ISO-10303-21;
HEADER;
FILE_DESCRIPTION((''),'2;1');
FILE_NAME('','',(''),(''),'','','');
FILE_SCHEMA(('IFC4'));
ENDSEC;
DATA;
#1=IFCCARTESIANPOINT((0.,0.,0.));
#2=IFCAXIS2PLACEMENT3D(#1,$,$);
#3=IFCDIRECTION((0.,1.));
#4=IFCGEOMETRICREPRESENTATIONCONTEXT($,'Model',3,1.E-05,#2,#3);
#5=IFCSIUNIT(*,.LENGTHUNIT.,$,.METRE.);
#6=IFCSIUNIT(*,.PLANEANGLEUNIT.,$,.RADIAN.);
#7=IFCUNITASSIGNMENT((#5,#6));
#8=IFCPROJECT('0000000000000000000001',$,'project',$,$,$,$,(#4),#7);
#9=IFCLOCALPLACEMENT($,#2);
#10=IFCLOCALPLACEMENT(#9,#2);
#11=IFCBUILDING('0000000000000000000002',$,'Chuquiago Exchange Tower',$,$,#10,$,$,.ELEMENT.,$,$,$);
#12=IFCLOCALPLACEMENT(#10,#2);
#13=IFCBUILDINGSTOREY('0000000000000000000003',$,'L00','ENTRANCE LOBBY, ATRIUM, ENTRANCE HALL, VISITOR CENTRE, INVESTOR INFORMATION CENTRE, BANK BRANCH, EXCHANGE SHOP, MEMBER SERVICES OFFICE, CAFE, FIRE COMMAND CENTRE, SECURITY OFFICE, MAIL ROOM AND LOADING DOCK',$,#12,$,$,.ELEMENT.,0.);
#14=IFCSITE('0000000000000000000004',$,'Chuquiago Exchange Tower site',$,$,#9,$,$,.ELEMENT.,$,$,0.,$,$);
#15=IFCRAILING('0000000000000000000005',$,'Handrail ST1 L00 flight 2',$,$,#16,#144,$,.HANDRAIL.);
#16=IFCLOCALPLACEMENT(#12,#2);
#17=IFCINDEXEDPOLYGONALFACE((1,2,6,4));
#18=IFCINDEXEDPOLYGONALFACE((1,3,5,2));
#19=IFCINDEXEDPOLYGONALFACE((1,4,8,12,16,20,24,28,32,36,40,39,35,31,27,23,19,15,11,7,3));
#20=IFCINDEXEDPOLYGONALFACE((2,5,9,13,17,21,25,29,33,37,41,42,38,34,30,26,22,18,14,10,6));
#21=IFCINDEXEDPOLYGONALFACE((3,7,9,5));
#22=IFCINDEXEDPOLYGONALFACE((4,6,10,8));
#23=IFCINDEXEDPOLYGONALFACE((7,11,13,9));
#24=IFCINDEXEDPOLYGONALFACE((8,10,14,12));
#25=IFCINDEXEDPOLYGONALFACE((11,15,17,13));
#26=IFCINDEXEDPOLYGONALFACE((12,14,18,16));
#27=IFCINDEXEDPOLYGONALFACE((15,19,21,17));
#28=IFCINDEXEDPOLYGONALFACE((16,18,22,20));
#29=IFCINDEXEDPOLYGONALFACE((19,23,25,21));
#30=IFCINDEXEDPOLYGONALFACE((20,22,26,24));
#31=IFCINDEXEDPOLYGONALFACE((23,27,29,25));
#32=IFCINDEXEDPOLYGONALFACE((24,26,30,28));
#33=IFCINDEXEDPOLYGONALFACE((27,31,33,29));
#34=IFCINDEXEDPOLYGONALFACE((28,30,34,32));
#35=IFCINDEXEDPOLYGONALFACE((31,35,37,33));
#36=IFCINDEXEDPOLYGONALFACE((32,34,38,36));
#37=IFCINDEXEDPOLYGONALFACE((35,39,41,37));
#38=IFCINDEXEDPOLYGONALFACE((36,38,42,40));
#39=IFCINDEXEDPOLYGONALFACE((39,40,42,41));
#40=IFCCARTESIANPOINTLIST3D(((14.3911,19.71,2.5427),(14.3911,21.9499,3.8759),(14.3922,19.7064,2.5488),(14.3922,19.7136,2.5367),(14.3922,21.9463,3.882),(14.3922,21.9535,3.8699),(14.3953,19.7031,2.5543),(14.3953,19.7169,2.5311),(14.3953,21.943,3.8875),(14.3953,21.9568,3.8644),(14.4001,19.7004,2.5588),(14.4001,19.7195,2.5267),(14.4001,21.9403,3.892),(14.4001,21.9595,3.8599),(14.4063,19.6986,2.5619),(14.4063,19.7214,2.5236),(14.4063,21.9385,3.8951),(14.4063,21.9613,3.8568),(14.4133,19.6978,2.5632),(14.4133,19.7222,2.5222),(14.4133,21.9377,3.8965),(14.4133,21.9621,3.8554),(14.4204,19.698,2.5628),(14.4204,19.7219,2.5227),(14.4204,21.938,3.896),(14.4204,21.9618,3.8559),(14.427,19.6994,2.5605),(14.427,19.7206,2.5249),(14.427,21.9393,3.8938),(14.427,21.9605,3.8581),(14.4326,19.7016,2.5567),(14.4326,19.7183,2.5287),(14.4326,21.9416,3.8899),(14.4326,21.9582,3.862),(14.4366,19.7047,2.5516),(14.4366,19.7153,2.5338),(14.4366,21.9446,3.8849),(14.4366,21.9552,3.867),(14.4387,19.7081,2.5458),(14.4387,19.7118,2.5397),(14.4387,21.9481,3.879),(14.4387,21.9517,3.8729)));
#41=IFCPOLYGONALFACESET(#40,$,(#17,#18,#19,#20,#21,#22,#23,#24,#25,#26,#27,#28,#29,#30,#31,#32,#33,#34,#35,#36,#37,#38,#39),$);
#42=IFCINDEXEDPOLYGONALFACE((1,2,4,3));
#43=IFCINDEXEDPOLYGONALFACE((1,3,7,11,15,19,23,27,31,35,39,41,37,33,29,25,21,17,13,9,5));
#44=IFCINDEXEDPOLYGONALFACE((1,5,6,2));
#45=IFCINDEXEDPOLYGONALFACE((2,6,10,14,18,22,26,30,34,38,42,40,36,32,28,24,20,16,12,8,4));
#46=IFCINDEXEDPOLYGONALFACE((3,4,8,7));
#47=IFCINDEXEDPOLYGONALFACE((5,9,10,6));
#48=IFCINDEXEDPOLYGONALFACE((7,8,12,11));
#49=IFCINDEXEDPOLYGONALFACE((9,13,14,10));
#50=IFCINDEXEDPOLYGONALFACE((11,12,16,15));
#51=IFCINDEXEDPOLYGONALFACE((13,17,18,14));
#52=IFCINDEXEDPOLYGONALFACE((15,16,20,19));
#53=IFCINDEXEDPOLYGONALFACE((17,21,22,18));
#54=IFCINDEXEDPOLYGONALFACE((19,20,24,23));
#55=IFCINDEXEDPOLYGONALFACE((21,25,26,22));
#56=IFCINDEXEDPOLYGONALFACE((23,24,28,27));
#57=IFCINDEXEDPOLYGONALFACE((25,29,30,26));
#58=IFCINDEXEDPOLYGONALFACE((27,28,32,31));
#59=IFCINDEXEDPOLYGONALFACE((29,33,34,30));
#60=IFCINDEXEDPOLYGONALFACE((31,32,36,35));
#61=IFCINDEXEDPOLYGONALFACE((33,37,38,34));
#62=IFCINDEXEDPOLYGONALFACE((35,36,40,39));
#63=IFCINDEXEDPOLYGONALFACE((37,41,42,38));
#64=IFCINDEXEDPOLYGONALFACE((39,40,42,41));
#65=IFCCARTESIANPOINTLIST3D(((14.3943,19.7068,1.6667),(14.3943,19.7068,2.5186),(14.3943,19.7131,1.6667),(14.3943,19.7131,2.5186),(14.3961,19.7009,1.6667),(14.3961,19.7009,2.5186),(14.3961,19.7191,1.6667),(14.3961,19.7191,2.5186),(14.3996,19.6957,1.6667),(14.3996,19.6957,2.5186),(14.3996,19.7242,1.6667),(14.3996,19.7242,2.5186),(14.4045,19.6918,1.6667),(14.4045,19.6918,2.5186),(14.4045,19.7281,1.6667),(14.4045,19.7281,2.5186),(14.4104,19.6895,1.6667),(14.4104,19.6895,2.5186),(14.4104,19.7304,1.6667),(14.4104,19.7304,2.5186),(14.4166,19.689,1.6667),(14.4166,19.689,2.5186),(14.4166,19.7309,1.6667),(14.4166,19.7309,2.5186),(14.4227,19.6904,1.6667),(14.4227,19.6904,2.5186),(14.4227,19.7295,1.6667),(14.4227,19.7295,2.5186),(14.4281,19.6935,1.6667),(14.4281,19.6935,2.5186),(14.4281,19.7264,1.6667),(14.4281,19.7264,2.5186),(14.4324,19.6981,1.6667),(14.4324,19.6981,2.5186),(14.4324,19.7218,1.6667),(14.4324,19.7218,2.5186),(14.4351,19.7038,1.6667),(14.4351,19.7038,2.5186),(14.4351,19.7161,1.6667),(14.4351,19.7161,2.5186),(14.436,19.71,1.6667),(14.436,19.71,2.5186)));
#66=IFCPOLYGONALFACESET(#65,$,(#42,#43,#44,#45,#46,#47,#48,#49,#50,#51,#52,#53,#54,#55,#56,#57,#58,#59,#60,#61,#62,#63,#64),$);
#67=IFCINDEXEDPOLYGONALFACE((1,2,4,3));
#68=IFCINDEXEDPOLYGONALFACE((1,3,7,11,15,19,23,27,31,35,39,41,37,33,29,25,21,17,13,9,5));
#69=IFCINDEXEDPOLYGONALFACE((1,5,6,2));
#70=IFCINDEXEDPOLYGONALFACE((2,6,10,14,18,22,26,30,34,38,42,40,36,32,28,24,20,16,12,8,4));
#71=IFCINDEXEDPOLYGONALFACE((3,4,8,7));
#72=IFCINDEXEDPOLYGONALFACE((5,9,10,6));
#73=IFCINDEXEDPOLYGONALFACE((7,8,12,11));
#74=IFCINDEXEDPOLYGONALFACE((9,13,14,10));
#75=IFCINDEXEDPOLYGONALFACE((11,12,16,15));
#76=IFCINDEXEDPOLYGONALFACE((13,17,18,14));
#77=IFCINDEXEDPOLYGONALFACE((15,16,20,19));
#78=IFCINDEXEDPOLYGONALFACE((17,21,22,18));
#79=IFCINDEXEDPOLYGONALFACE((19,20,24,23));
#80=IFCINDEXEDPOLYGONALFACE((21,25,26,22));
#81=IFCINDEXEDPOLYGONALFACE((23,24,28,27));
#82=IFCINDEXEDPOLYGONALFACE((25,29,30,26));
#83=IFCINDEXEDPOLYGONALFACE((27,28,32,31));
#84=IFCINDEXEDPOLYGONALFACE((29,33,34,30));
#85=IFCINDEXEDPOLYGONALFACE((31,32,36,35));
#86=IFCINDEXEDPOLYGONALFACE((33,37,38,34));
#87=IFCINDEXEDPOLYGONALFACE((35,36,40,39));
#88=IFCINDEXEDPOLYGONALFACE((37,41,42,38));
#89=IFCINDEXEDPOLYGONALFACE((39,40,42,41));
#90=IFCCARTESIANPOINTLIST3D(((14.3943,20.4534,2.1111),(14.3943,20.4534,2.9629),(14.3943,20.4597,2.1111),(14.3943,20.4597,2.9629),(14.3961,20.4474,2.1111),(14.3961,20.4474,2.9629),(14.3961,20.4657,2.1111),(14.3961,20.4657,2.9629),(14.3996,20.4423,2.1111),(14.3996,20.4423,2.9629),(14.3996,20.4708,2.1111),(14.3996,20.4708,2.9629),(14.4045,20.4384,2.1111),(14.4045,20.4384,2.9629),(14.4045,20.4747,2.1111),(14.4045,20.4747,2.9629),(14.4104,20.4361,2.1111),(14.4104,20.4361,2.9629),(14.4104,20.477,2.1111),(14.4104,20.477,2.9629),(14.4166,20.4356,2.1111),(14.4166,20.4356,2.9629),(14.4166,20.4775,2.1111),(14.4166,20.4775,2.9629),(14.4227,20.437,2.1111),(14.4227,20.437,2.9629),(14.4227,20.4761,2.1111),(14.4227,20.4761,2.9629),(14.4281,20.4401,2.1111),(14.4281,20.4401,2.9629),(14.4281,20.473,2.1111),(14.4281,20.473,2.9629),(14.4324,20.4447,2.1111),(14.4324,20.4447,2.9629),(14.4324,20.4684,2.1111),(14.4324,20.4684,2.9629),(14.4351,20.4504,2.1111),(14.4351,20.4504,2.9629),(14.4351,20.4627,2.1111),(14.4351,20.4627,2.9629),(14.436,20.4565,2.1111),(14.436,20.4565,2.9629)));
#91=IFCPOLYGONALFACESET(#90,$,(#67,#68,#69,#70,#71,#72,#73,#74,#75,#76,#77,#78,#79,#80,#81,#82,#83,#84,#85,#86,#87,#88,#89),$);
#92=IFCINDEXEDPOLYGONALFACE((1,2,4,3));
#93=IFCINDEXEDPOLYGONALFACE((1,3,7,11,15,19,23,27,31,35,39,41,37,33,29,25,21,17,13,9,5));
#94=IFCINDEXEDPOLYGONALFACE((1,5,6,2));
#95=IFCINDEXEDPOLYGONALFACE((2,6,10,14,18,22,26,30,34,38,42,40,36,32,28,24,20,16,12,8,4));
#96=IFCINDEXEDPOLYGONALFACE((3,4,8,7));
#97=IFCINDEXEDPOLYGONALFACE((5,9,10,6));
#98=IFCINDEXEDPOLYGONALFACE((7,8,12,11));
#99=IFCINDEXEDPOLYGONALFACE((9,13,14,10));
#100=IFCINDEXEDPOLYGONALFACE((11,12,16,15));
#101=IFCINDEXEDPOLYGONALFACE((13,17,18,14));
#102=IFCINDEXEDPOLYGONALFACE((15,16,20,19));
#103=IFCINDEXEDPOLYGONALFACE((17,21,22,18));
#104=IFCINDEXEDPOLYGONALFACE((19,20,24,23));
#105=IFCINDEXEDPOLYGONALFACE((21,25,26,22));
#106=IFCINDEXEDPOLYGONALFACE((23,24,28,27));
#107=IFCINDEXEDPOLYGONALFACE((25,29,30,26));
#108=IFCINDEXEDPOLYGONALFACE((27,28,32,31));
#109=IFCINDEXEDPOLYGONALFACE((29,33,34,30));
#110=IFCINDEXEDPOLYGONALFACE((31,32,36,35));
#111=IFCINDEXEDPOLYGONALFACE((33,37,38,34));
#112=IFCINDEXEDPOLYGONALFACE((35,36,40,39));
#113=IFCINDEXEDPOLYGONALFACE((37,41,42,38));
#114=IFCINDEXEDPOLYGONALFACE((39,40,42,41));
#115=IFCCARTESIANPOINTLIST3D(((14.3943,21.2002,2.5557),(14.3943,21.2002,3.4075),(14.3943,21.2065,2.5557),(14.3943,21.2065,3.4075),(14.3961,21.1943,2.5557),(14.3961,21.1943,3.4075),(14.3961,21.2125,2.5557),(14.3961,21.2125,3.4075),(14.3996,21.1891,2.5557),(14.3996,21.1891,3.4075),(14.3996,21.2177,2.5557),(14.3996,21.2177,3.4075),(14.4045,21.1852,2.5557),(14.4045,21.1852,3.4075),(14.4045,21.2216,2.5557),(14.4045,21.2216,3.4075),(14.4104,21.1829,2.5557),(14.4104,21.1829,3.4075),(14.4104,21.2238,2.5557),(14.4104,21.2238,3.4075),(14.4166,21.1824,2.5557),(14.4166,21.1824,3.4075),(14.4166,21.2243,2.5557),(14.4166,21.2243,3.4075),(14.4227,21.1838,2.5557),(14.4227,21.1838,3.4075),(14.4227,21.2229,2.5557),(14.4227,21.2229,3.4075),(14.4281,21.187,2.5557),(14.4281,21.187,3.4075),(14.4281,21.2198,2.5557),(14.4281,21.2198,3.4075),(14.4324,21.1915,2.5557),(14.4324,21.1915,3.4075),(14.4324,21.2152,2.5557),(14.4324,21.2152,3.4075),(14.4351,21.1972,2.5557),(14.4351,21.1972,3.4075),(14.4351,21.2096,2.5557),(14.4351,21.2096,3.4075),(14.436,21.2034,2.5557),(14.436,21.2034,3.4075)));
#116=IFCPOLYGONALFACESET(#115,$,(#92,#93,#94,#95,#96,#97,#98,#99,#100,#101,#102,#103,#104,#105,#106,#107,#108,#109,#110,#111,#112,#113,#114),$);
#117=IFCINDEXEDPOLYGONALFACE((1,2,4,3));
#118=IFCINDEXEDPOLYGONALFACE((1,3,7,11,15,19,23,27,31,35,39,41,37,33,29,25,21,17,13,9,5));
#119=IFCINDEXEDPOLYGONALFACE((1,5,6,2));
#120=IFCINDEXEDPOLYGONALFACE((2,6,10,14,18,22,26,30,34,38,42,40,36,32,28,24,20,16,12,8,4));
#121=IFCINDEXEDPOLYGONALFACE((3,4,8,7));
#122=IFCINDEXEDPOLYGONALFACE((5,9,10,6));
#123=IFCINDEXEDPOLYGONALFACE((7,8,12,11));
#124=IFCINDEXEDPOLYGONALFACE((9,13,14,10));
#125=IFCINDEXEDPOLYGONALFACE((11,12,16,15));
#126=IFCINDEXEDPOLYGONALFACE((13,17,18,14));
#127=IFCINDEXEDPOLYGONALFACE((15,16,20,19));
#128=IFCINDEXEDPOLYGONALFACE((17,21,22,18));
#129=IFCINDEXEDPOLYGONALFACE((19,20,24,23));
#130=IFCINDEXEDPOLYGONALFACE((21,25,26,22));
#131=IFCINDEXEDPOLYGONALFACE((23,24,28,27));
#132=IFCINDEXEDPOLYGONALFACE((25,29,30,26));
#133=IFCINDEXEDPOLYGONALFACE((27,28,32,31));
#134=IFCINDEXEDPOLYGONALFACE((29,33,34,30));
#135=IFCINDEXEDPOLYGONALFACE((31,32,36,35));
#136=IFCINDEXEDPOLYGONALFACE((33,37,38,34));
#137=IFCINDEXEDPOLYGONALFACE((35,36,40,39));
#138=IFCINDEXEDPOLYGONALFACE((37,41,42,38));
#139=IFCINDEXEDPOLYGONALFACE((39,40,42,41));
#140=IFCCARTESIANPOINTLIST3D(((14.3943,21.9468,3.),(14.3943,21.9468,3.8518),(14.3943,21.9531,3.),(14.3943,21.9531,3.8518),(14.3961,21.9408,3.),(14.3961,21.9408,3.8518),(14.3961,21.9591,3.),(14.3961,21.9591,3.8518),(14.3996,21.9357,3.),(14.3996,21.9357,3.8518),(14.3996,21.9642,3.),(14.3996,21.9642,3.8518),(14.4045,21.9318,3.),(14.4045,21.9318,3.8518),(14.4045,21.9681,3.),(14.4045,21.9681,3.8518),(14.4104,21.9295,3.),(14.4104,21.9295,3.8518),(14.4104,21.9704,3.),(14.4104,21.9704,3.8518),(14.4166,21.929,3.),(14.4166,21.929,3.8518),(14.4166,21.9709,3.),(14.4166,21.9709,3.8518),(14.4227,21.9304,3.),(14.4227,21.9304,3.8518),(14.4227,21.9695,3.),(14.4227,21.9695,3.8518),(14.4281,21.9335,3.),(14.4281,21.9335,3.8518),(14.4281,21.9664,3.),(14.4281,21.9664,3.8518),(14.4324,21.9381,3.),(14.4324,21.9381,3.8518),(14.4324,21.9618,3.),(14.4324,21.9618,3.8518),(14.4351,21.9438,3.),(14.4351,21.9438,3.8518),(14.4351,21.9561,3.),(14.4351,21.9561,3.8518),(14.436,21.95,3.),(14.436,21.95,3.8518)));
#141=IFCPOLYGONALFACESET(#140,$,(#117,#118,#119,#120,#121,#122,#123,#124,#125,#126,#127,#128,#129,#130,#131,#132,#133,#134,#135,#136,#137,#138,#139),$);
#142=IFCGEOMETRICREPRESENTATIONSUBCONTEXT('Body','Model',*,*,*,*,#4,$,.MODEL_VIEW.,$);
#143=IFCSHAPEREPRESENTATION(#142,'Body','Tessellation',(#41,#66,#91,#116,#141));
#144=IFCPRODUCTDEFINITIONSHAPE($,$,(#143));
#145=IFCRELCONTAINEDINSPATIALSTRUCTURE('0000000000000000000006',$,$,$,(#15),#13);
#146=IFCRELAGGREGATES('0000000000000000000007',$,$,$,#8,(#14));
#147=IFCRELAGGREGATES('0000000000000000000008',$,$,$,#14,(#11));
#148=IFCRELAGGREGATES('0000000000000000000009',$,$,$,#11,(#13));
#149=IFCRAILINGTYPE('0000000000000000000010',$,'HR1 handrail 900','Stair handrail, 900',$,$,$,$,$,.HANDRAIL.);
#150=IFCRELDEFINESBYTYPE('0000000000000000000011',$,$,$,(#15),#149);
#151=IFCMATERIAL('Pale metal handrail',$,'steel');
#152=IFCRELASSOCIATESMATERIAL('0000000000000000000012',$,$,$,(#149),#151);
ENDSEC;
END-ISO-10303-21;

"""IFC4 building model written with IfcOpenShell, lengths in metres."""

from ifc_helpers import new_model, si_unit, direction, frame, origin, origin_2d, place, context, subcontext, project, spatial, circle, extrude, material, type_object, element, save


model = new_model("IFC4")

# Units and contexts
model_context = context("Model", 3, precision=1e-05, world=origin(), true_north=direction((0.0, 1.0)))
body_context = subcontext(model_context, "Body", "Model", "MODEL_VIEW")
ifc_project = project(units=[si_unit("LENGTHUNIT", "METRE"), si_unit("PLANEANGLEUNIT", "RADIAN")], contexts=[model_context])

# Site, building, storey
site_placement = place(None, origin())
site = spatial("IfcSite", under=ifc_project, at=site_placement, Name="Chuquiago Exchange Tower site", CompositionType="ELEMENT", RefElevation=0.0)
building_placement = place(site_placement, origin())
building = spatial("IfcBuilding", under=site, at=building_placement, Name="Chuquiago Exchange Tower", CompositionType="ELEMENT")
storey_placement = place(building_placement, origin())
storey = spatial("IfcBuildingStorey", under=building, at=storey_placement, Name="L00", Description="ENTRANCE LOBBY, ATRIUM, ENTRANCE HALL, VISITOR CENTRE, INVESTOR INFORMATION CENTRE, BANK BRANCH, EXCHANGE SHOP, MEMBER SERVICES OFFICE, CAFE, FIRE COMMAND CENTRE, SECURITY OFFICE, MAIL ROOM AND LOADING DOCK", CompositionType="ELEMENT", Elevation=0.0)

# Railing
ifc_material_1 = material(Name="Pale metal handrail", Category="steel")
railing_type_1 = type_object("IfcRailingType", Name="HR1 handrail 900", Description="Stair handrail, 900", PredefinedType="HANDRAIL", material=ifc_material_1)
for number, where, name in (
    (1, (14.415, 19.71, 1.6667), "Handrail ST1 L00 flight 2"),
):
    element("IfcRailing", number, at=place(storey_placement, frame(where)), inside=storey, type_object=railing_type_1, Name=name, PredefinedType="HANDRAIL", context=body_context, shape_type="SweptSolid", body=[
        extrude(circle(Radius=0.0239, at=origin_2d()), frame((0.0, 0.0, 0.876), z_axis=(0.0, 0.859306, 0.511462), x_axis=(-1.0, 0.0, 0.0)), (0.0, 0.0, 1.0), 2.6067),
        extrude(circle(Radius=0.021, at=origin_2d()), origin(), (0.0, 0.0, 1.0), 0.8518),
        extrude(circle(Radius=0.021, at=origin_2d()), frame((0.0, 0.7466, 0.4443)), (0.0, 0.0, 1.0), 0.8518),
        extrude(circle(Radius=0.021, at=origin_2d()), frame((0.0, 1.4934, 0.8889)), (0.0, 0.0, 1.0), 0.8518),
        extrude(circle(Radius=0.021, at=origin_2d()), frame((0.0, 2.24, 1.3333)), (0.0, 0.0, 1.0), 0.8518),
    ])

save(model, "model.ifc")
